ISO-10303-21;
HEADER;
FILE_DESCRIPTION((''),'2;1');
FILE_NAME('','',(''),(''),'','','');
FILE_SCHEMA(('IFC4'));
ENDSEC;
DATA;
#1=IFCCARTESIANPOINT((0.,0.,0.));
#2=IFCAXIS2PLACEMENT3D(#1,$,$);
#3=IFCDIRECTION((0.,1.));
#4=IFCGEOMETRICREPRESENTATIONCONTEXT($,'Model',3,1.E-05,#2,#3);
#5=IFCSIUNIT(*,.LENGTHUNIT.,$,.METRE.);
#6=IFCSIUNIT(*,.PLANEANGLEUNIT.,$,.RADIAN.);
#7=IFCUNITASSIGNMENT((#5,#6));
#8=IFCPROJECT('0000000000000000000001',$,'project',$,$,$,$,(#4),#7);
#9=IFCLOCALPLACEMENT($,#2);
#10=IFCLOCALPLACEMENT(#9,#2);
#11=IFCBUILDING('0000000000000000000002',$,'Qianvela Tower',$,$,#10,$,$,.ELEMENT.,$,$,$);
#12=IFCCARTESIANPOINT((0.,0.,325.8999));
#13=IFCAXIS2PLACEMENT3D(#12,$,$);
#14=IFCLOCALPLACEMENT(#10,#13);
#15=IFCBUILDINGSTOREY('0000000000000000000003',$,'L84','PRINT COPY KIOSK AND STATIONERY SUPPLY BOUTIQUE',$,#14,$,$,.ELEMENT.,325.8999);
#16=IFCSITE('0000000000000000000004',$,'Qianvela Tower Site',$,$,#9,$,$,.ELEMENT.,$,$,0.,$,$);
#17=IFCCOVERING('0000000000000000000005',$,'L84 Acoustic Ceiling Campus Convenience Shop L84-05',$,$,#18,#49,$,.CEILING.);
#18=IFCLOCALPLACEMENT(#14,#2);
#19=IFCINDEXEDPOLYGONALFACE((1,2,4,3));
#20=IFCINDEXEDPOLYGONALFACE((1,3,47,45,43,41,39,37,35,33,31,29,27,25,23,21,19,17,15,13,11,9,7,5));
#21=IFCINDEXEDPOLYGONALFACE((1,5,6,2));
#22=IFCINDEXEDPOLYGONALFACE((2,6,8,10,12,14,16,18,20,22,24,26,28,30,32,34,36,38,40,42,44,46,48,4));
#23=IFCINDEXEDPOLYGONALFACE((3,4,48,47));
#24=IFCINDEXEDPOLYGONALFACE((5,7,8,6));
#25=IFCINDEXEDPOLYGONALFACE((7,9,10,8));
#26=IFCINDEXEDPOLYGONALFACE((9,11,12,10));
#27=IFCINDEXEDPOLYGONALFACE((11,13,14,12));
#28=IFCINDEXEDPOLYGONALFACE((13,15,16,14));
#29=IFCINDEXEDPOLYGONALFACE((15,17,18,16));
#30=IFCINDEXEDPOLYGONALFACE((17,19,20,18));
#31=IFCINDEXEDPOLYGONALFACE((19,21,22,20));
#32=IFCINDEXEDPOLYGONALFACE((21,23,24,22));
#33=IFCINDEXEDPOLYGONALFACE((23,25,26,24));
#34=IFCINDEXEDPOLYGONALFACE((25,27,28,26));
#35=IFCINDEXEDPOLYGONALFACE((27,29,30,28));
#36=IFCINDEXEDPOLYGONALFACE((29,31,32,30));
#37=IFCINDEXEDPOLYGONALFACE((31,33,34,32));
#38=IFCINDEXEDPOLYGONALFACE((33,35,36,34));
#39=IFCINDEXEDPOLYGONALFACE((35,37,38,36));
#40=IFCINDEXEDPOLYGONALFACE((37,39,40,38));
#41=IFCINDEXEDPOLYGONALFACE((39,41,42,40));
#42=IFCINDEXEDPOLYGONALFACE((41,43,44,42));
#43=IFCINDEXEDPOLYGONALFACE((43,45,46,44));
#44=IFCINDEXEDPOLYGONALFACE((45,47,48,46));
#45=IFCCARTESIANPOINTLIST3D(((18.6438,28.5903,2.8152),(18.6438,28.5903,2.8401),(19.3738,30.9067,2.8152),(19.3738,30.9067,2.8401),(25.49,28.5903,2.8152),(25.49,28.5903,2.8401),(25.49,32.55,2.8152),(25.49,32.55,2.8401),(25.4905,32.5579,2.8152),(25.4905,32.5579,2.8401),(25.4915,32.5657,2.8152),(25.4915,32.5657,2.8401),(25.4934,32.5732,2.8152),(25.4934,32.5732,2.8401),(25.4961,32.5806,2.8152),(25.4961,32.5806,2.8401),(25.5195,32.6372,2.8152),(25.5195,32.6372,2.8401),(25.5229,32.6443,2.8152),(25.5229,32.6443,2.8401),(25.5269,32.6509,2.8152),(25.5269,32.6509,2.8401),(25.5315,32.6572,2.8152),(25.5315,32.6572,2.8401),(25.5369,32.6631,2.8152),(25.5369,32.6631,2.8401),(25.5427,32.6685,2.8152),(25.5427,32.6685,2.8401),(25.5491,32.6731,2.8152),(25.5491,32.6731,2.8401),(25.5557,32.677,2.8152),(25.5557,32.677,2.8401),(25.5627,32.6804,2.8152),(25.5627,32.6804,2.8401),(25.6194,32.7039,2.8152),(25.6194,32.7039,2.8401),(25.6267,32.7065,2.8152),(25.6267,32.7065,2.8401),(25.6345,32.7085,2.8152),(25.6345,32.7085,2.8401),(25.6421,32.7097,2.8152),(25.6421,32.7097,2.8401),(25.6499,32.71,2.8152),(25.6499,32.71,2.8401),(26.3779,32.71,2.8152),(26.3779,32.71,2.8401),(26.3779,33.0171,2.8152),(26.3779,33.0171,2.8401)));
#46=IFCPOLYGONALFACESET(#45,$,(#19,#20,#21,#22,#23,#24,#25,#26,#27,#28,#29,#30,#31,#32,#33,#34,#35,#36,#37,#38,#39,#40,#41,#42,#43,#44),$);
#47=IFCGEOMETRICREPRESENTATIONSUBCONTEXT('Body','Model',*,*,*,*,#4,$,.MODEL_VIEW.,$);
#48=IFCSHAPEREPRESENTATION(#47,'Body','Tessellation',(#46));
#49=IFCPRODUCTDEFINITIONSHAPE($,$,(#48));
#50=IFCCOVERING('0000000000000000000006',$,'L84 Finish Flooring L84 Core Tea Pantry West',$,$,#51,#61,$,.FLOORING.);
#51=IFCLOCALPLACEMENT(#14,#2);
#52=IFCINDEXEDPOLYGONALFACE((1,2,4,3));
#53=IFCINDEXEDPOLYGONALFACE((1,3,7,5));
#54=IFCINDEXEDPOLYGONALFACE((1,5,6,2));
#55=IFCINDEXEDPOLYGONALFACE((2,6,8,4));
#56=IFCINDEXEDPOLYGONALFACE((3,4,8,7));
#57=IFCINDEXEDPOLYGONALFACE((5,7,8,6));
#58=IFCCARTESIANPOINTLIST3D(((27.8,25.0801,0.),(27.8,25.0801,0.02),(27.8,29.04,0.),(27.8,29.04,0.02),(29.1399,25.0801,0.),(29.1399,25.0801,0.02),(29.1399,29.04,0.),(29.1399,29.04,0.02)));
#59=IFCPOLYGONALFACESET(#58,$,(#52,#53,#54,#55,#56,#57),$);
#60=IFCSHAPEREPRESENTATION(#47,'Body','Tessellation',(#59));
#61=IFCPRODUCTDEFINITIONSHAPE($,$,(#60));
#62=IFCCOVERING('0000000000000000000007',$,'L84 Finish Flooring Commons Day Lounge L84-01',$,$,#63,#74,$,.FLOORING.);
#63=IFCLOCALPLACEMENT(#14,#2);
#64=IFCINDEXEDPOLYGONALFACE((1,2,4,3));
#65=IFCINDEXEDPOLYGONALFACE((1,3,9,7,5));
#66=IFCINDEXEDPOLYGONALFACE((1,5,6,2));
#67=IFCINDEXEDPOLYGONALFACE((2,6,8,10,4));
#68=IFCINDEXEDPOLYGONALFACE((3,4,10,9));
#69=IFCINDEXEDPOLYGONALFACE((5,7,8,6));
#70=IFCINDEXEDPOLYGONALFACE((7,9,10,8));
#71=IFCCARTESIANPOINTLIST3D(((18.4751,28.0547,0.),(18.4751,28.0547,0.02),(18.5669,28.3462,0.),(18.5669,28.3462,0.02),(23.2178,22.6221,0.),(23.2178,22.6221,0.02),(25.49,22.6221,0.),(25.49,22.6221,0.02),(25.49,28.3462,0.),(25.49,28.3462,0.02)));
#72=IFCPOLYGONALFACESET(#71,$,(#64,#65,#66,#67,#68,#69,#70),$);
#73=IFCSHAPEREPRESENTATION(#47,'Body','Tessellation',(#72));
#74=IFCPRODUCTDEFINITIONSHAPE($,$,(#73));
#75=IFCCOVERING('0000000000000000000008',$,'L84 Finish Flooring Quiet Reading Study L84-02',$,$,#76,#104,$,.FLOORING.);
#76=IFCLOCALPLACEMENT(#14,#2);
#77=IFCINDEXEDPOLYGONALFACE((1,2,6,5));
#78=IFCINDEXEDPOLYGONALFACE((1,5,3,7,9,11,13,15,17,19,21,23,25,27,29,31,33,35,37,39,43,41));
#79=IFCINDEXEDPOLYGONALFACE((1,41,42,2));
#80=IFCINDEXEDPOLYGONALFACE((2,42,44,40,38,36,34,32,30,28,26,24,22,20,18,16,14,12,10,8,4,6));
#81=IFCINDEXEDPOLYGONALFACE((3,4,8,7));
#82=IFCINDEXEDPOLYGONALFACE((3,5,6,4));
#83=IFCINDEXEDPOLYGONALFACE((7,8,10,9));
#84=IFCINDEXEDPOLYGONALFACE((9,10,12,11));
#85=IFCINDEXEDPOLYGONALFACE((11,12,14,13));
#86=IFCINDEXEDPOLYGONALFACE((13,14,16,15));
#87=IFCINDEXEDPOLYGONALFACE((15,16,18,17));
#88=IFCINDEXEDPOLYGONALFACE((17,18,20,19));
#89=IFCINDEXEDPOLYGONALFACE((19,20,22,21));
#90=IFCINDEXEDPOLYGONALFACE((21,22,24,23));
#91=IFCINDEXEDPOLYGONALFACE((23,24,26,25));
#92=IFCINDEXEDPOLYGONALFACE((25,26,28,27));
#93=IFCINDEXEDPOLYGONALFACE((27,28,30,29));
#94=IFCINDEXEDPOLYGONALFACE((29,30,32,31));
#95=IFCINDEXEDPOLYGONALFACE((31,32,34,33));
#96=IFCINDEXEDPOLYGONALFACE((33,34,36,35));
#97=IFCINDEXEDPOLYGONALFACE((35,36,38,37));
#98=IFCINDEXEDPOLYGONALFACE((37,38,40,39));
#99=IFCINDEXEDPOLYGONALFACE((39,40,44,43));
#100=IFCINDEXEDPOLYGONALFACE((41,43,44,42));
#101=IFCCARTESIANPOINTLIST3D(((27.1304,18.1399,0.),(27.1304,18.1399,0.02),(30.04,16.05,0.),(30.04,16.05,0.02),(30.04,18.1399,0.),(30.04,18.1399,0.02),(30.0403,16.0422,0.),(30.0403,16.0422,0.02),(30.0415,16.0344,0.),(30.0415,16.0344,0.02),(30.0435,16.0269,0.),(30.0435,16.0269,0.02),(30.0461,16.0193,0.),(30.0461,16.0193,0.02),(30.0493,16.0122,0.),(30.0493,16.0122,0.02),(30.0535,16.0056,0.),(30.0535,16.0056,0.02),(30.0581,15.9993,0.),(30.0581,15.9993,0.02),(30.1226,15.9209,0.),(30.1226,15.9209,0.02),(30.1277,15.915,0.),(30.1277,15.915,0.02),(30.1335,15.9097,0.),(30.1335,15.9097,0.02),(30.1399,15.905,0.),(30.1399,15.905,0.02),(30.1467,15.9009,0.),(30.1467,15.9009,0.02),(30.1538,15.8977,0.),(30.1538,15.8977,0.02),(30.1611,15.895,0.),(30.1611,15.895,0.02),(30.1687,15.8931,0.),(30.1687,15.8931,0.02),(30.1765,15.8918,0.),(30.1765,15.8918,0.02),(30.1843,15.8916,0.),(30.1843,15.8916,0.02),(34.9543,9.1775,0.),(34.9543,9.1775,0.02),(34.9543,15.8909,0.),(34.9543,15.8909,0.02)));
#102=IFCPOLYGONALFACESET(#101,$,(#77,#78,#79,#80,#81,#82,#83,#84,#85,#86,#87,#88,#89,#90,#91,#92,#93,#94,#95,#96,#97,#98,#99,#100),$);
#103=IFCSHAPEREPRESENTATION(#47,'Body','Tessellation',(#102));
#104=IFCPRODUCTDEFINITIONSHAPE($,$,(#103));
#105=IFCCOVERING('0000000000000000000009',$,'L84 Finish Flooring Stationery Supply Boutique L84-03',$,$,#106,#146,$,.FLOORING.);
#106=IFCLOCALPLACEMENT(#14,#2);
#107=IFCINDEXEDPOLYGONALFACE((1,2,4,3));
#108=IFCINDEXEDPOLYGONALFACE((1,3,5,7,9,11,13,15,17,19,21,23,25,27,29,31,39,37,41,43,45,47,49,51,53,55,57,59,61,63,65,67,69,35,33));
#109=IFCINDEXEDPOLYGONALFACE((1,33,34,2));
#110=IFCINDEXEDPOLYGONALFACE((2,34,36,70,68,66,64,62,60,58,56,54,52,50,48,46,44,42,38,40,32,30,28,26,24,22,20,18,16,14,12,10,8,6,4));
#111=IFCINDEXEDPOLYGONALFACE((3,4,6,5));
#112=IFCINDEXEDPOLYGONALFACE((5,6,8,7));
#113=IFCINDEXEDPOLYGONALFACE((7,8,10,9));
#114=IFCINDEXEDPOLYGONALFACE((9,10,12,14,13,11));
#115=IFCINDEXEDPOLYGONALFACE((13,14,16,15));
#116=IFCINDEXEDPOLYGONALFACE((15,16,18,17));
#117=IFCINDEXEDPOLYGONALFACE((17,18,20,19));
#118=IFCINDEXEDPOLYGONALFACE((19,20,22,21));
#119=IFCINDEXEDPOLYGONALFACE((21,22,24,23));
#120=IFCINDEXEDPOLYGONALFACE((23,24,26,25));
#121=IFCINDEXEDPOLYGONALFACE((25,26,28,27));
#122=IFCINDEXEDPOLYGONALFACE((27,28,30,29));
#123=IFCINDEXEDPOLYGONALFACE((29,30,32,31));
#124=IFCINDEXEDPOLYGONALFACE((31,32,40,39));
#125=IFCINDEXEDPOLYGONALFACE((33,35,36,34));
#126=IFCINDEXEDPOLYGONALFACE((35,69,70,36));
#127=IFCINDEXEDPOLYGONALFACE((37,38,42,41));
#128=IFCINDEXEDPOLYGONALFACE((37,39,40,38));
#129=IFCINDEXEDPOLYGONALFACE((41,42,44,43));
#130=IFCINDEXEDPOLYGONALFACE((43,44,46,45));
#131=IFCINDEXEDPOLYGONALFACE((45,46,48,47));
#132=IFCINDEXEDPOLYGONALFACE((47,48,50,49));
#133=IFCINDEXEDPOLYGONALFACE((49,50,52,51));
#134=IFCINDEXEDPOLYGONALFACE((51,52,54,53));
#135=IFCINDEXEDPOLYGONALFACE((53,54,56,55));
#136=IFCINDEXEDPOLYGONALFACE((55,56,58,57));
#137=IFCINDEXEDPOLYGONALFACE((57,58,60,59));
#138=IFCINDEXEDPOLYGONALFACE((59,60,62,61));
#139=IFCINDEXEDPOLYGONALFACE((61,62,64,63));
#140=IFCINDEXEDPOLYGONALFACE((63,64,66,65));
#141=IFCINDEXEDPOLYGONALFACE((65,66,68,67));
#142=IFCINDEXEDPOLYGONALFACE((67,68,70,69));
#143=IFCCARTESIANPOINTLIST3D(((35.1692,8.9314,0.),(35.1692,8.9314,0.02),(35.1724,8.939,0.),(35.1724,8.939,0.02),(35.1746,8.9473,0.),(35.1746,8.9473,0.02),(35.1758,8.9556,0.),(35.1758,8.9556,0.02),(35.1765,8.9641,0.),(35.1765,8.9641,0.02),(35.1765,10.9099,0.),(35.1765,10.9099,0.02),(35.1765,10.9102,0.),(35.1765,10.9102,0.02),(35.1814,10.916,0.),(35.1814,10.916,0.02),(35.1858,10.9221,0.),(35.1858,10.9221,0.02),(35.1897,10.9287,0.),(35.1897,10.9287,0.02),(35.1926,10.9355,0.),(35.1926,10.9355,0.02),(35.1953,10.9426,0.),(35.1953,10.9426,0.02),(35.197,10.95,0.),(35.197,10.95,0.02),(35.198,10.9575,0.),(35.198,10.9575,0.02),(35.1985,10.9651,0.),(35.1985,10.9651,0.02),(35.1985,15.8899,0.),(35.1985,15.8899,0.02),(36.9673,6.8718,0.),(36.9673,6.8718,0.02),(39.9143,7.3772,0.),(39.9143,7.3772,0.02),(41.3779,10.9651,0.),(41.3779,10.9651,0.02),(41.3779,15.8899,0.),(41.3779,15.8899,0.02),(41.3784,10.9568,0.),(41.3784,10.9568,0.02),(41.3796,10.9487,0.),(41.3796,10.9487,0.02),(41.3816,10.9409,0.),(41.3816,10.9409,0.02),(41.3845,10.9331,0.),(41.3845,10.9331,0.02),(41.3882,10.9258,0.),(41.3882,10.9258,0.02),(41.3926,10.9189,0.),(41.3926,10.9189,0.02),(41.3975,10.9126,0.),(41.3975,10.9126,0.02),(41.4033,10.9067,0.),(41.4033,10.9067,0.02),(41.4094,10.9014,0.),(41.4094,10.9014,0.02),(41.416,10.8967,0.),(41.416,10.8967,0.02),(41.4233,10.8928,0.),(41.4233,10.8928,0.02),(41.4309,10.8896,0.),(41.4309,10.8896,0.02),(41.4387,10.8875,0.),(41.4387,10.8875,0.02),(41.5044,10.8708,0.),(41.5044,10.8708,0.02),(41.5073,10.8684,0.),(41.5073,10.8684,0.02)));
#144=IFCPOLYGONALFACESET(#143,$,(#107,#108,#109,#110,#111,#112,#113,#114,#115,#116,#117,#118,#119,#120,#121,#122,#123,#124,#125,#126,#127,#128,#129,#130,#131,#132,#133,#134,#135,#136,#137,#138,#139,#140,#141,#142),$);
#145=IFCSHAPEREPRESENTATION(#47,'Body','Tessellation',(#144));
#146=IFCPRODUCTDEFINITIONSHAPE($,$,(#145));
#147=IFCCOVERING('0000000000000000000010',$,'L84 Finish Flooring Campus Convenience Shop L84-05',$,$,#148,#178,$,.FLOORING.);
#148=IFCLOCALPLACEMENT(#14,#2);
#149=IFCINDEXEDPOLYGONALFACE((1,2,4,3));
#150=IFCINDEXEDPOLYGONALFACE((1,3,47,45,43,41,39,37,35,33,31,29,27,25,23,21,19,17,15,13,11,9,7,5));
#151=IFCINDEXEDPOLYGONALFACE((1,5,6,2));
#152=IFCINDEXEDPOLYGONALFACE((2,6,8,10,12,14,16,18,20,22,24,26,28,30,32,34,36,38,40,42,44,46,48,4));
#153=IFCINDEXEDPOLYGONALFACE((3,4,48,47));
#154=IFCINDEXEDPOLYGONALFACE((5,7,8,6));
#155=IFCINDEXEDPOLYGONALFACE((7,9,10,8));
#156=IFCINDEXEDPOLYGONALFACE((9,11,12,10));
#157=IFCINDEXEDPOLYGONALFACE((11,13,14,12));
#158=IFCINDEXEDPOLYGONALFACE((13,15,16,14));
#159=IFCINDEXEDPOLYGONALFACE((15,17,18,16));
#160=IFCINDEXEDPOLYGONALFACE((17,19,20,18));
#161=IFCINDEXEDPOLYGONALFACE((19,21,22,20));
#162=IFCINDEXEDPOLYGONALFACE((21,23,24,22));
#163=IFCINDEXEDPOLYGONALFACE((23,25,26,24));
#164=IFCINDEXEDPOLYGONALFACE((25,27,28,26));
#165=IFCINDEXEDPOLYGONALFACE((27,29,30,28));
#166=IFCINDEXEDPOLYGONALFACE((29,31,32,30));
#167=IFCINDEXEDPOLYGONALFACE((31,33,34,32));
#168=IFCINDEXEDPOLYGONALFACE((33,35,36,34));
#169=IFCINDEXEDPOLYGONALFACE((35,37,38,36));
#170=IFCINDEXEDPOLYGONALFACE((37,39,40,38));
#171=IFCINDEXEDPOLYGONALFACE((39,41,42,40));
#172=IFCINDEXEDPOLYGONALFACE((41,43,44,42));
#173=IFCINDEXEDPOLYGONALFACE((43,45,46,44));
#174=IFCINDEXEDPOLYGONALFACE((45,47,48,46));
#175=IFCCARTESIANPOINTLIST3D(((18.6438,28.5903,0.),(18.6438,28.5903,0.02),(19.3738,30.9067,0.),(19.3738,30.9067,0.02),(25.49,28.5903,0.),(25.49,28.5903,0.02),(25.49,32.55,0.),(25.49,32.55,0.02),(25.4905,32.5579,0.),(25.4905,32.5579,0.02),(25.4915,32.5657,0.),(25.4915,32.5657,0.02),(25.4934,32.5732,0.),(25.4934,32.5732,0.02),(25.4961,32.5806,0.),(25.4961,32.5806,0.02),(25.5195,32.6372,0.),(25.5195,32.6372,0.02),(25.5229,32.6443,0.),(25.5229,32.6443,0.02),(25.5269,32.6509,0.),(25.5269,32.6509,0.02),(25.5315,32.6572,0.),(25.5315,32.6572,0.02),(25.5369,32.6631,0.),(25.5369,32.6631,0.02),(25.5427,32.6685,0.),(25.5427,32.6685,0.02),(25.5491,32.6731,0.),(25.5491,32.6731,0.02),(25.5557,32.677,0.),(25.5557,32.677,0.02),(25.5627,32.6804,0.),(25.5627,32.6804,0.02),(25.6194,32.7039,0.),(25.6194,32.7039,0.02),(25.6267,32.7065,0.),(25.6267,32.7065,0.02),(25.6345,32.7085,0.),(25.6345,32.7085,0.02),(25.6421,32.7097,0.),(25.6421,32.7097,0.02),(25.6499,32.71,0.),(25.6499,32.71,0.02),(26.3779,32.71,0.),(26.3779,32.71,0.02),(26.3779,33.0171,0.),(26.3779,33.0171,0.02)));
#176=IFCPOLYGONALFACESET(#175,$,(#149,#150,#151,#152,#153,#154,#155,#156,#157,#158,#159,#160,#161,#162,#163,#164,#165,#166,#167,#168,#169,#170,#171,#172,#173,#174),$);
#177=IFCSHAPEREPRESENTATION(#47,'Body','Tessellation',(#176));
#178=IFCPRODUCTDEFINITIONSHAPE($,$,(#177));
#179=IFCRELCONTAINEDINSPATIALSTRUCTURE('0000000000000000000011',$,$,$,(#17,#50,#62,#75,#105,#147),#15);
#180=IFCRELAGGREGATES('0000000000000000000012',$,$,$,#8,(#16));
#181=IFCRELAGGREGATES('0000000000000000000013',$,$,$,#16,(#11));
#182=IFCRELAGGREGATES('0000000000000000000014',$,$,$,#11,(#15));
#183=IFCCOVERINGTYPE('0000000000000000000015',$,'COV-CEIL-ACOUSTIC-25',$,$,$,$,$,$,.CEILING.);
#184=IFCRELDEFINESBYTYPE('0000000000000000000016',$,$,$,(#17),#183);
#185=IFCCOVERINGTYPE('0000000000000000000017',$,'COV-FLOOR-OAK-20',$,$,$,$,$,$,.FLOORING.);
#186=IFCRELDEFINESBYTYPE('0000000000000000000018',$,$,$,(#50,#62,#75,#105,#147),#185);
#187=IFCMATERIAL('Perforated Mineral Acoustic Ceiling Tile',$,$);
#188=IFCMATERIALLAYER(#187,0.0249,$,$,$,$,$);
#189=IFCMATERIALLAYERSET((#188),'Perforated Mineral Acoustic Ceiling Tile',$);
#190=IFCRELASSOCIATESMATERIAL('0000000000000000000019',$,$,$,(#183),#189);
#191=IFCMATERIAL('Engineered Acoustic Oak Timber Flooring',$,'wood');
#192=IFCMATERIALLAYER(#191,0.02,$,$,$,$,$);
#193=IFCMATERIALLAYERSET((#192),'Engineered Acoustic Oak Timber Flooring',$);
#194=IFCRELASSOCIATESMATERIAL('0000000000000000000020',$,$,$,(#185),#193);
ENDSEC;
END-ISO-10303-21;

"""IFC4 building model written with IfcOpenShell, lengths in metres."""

from ifc_helpers import new_model, si_unit, direction, frame, origin, place, context, subcontext, project, spatial, polyline, outline, extrude, material, layer, layer_set, type_object, element, save


model = new_model("IFC4")

# Units and contexts
model_context = context("Model", 3, precision=1e-05, world=origin(), true_north=direction((0.0, 1.0)))
body_context = subcontext(model_context, "Body", "Model", "MODEL_VIEW")
ifc_project = project(units=[si_unit("LENGTHUNIT", "METRE"), si_unit("PLANEANGLEUNIT", "RADIAN")], contexts=[model_context])

# Site, building, storey
site_placement = place(None, origin())
site = spatial("IfcSite", under=ifc_project, at=site_placement, Name="Qianvela Tower Site", CompositionType="ELEMENT", RefElevation=0.0)
building_placement = place(site_placement, origin())
building = spatial("IfcBuilding", under=site, at=building_placement, Name="Qianvela Tower", CompositionType="ELEMENT")
storey_placement = place(building_placement, frame((0.0, 0.0, 325.8999)))
storey = spatial("IfcBuildingStorey", under=building, at=storey_placement, Name="L84", Description="PRINT COPY KIOSK AND STATIONERY SUPPLY BOUTIQUE", CompositionType="ELEMENT", Elevation=325.8999)

# Coverings
ifc_material_1 = material(Name="Perforated Mineral Acoustic Ceiling Tile")
ifc_layer_1 = layer(ifc_material_1, 0.0249)
ifc_layer_set_1 = layer_set([ifc_layer_1], Name="Perforated Mineral Acoustic Ceiling Tile")
covering_type_1 = type_object("IfcCoveringType", Name="COV-CEIL-ACOUSTIC-25", PredefinedType="CEILING", material=ifc_layer_set_1)
covering_1_placement = place(storey_placement, frame((0.0, 0.0, 2.8152)))
element("IfcCovering", 1, at=covering_1_placement, inside=storey, type_object=covering_type_1, Name="L84 Acoustic Ceiling Campus Convenience Shop L84-05", PredefinedType="CEILING", context=body_context, shape_type="SweptSolid", body=[
    extrude(outline(polyline([(25.4961, 32.5806), (25.4934, 32.5732), (25.4915, 32.5657), (25.4905, 32.5579), (25.49, 32.55), (25.49, 28.5903), (18.6438, 28.5903), (19.3738, 30.9067), (26.3779, 33.0171), (26.3779, 32.71), (25.6499, 32.71), (25.6421, 32.7097), (25.6345, 32.7085), (25.6267, 32.7065), (25.6194, 32.7039), (25.5627, 32.6804), (25.5557, 32.677), (25.5491, 32.6731), (25.5427, 32.6685), (25.5369, 32.6631), (25.5315, 32.6572), (25.5269, 32.6509), (25.5229, 32.6443), (25.5195, 32.6372), (25.4961, 32.5806)])), origin(), (0.0, 0.0, 1.0), 0.0249),
])
ifc_material_2 = material(Name="Engineered Acoustic Oak Timber Flooring", Category="wood")
ifc_layer_2 = layer(ifc_material_2, 0.02)
ifc_layer_set_2 = layer_set([ifc_layer_2], Name="Engineered Acoustic Oak Timber Flooring")
covering_type_2 = type_object("IfcCoveringType", Name="COV-FLOOR-OAK-20", PredefinedType="FLOORING", material=ifc_layer_set_2)
covering_2_placement = place(storey_placement, origin())
element("IfcCovering", 2, at=covering_2_placement, inside=storey, type_object=covering_type_2, Name="L84 Finish Flooring L84 Core Tea Pantry West", PredefinedType="FLOORING", context=body_context, shape_type="SweptSolid", body=[
    extrude(outline(polyline([(27.8, 25.0801), (27.8, 29.04), (29.1399, 29.04), (29.1399, 25.0801), (27.8, 25.0801)])), origin(), (0.0, 0.0, 1.0), 0.02),
])
covering_3_placement = place(storey_placement, origin())
element("IfcCovering", 3, at=covering_3_placement, inside=storey, type_object=covering_type_2, Name="L84 Finish Flooring Commons Day Lounge L84-01", PredefinedType="FLOORING", context=body_context, shape_type="SweptSolid", body=[
    extrude(outline(polyline([(23.2178, 22.6221), (18.4751, 28.0547), (18.5669, 28.3462), (25.49, 28.3462), (25.49, 22.6221), (23.2178, 22.6221)])), origin(), (0.0, 0.0, 1.0), 0.02),
])
covering_4_placement = place(storey_placement, origin())
element("IfcCovering", 4, at=covering_4_placement, inside=storey, type_object=covering_type_2, Name="L84 Finish Flooring Quiet Reading Study L84-02", PredefinedType="FLOORING", context=body_context, shape_type="SweptSolid", body=[
    extrude(outline(polyline([(30.04, 18.1399), (30.04, 16.05), (30.0403, 16.0422), (30.0415, 16.0344), (30.0435, 16.0269), (30.0461, 16.0193), (30.0493, 16.0122), (30.0535, 16.0056), (30.0581, 15.9993), (30.1226, 15.9209), (30.1277, 15.915), (30.1335, 15.9097), (30.1399, 15.905), (30.1467, 15.9009), (30.1538, 15.8977), (30.1611, 15.895), (30.1687, 15.8931), (30.1765, 15.8918), (30.1843, 15.8916), (34.9543, 15.8909), (34.9543, 9.1775), (27.1304, 18.1399), (30.04, 18.1399)])), origin(), (0.0, 0.0, 1.0), 0.02),
])
covering_5_placement = place(storey_placement, origin())
element("IfcCovering", 5, at=covering_5_placement, inside=storey, type_object=covering_type_2, Name="L84 Finish Flooring Stationery Supply Boutique L84-03", PredefinedType="FLOORING", context=body_context, shape_type="SweptSolid", body=[
    extrude(outline(polyline([(35.1765, 10.9099), (35.1765, 10.9102), (35.1814, 10.916), (35.1858, 10.9221), (35.1897, 10.9287), (35.1926, 10.9355), (35.1953, 10.9426), (35.197, 10.95), (35.198, 10.9575), (35.1985, 10.9651), (35.1985, 15.8899), (41.3779, 15.8899), (41.3779, 10.9651), (41.3784, 10.9568), (41.3796, 10.9487), (41.3816, 10.9409), (41.3845, 10.9331), (41.3882, 10.9258), (41.3926, 10.9189), (41.3975, 10.9126), (41.4033, 10.9067), (41.4094, 10.9014), (41.416, 10.8967), (41.4233, 10.8928), (41.4309, 10.8896), (41.4387, 10.8875), (41.5044, 10.8708), (41.5073, 10.8684), (39.9143, 7.3772), (36.9673, 6.8718), (35.1692, 8.9314), (35.1724, 8.939), (35.1746, 8.9473), (35.1758, 8.9556), (35.1765, 8.9641), (35.1765, 10.9099)])), origin(), (0.0, 0.0, 1.0), 0.02),
])
covering_6_placement = place(storey_placement, origin())
element("IfcCovering", 6, at=covering_6_placement, inside=storey, type_object=covering_type_2, Name="L84 Finish Flooring Campus Convenience Shop L84-05", PredefinedType="FLOORING", context=body_context, shape_type="SweptSolid", body=[
    extrude(outline(polyline([(25.4961, 32.5806), (25.4934, 32.5732), (25.4915, 32.5657), (25.4905, 32.5579), (25.49, 32.55), (25.49, 28.5903), (18.6438, 28.5903), (19.3738, 30.9067), (26.3779, 33.0171), (26.3779, 32.71), (25.6499, 32.71), (25.6421, 32.7097), (25.6345, 32.7085), (25.6267, 32.7065), (25.6194, 32.7039), (25.5627, 32.6804), (25.5557, 32.677), (25.5491, 32.6731), (25.5427, 32.6685), (25.5369, 32.6631), (25.5315, 32.6572), (25.5269, 32.6509), (25.5229, 32.6443), (25.5195, 32.6372), (25.4961, 32.5806)])), origin(), (0.0, 0.0, 1.0), 0.02),
])

save(model, "model.ifc")
